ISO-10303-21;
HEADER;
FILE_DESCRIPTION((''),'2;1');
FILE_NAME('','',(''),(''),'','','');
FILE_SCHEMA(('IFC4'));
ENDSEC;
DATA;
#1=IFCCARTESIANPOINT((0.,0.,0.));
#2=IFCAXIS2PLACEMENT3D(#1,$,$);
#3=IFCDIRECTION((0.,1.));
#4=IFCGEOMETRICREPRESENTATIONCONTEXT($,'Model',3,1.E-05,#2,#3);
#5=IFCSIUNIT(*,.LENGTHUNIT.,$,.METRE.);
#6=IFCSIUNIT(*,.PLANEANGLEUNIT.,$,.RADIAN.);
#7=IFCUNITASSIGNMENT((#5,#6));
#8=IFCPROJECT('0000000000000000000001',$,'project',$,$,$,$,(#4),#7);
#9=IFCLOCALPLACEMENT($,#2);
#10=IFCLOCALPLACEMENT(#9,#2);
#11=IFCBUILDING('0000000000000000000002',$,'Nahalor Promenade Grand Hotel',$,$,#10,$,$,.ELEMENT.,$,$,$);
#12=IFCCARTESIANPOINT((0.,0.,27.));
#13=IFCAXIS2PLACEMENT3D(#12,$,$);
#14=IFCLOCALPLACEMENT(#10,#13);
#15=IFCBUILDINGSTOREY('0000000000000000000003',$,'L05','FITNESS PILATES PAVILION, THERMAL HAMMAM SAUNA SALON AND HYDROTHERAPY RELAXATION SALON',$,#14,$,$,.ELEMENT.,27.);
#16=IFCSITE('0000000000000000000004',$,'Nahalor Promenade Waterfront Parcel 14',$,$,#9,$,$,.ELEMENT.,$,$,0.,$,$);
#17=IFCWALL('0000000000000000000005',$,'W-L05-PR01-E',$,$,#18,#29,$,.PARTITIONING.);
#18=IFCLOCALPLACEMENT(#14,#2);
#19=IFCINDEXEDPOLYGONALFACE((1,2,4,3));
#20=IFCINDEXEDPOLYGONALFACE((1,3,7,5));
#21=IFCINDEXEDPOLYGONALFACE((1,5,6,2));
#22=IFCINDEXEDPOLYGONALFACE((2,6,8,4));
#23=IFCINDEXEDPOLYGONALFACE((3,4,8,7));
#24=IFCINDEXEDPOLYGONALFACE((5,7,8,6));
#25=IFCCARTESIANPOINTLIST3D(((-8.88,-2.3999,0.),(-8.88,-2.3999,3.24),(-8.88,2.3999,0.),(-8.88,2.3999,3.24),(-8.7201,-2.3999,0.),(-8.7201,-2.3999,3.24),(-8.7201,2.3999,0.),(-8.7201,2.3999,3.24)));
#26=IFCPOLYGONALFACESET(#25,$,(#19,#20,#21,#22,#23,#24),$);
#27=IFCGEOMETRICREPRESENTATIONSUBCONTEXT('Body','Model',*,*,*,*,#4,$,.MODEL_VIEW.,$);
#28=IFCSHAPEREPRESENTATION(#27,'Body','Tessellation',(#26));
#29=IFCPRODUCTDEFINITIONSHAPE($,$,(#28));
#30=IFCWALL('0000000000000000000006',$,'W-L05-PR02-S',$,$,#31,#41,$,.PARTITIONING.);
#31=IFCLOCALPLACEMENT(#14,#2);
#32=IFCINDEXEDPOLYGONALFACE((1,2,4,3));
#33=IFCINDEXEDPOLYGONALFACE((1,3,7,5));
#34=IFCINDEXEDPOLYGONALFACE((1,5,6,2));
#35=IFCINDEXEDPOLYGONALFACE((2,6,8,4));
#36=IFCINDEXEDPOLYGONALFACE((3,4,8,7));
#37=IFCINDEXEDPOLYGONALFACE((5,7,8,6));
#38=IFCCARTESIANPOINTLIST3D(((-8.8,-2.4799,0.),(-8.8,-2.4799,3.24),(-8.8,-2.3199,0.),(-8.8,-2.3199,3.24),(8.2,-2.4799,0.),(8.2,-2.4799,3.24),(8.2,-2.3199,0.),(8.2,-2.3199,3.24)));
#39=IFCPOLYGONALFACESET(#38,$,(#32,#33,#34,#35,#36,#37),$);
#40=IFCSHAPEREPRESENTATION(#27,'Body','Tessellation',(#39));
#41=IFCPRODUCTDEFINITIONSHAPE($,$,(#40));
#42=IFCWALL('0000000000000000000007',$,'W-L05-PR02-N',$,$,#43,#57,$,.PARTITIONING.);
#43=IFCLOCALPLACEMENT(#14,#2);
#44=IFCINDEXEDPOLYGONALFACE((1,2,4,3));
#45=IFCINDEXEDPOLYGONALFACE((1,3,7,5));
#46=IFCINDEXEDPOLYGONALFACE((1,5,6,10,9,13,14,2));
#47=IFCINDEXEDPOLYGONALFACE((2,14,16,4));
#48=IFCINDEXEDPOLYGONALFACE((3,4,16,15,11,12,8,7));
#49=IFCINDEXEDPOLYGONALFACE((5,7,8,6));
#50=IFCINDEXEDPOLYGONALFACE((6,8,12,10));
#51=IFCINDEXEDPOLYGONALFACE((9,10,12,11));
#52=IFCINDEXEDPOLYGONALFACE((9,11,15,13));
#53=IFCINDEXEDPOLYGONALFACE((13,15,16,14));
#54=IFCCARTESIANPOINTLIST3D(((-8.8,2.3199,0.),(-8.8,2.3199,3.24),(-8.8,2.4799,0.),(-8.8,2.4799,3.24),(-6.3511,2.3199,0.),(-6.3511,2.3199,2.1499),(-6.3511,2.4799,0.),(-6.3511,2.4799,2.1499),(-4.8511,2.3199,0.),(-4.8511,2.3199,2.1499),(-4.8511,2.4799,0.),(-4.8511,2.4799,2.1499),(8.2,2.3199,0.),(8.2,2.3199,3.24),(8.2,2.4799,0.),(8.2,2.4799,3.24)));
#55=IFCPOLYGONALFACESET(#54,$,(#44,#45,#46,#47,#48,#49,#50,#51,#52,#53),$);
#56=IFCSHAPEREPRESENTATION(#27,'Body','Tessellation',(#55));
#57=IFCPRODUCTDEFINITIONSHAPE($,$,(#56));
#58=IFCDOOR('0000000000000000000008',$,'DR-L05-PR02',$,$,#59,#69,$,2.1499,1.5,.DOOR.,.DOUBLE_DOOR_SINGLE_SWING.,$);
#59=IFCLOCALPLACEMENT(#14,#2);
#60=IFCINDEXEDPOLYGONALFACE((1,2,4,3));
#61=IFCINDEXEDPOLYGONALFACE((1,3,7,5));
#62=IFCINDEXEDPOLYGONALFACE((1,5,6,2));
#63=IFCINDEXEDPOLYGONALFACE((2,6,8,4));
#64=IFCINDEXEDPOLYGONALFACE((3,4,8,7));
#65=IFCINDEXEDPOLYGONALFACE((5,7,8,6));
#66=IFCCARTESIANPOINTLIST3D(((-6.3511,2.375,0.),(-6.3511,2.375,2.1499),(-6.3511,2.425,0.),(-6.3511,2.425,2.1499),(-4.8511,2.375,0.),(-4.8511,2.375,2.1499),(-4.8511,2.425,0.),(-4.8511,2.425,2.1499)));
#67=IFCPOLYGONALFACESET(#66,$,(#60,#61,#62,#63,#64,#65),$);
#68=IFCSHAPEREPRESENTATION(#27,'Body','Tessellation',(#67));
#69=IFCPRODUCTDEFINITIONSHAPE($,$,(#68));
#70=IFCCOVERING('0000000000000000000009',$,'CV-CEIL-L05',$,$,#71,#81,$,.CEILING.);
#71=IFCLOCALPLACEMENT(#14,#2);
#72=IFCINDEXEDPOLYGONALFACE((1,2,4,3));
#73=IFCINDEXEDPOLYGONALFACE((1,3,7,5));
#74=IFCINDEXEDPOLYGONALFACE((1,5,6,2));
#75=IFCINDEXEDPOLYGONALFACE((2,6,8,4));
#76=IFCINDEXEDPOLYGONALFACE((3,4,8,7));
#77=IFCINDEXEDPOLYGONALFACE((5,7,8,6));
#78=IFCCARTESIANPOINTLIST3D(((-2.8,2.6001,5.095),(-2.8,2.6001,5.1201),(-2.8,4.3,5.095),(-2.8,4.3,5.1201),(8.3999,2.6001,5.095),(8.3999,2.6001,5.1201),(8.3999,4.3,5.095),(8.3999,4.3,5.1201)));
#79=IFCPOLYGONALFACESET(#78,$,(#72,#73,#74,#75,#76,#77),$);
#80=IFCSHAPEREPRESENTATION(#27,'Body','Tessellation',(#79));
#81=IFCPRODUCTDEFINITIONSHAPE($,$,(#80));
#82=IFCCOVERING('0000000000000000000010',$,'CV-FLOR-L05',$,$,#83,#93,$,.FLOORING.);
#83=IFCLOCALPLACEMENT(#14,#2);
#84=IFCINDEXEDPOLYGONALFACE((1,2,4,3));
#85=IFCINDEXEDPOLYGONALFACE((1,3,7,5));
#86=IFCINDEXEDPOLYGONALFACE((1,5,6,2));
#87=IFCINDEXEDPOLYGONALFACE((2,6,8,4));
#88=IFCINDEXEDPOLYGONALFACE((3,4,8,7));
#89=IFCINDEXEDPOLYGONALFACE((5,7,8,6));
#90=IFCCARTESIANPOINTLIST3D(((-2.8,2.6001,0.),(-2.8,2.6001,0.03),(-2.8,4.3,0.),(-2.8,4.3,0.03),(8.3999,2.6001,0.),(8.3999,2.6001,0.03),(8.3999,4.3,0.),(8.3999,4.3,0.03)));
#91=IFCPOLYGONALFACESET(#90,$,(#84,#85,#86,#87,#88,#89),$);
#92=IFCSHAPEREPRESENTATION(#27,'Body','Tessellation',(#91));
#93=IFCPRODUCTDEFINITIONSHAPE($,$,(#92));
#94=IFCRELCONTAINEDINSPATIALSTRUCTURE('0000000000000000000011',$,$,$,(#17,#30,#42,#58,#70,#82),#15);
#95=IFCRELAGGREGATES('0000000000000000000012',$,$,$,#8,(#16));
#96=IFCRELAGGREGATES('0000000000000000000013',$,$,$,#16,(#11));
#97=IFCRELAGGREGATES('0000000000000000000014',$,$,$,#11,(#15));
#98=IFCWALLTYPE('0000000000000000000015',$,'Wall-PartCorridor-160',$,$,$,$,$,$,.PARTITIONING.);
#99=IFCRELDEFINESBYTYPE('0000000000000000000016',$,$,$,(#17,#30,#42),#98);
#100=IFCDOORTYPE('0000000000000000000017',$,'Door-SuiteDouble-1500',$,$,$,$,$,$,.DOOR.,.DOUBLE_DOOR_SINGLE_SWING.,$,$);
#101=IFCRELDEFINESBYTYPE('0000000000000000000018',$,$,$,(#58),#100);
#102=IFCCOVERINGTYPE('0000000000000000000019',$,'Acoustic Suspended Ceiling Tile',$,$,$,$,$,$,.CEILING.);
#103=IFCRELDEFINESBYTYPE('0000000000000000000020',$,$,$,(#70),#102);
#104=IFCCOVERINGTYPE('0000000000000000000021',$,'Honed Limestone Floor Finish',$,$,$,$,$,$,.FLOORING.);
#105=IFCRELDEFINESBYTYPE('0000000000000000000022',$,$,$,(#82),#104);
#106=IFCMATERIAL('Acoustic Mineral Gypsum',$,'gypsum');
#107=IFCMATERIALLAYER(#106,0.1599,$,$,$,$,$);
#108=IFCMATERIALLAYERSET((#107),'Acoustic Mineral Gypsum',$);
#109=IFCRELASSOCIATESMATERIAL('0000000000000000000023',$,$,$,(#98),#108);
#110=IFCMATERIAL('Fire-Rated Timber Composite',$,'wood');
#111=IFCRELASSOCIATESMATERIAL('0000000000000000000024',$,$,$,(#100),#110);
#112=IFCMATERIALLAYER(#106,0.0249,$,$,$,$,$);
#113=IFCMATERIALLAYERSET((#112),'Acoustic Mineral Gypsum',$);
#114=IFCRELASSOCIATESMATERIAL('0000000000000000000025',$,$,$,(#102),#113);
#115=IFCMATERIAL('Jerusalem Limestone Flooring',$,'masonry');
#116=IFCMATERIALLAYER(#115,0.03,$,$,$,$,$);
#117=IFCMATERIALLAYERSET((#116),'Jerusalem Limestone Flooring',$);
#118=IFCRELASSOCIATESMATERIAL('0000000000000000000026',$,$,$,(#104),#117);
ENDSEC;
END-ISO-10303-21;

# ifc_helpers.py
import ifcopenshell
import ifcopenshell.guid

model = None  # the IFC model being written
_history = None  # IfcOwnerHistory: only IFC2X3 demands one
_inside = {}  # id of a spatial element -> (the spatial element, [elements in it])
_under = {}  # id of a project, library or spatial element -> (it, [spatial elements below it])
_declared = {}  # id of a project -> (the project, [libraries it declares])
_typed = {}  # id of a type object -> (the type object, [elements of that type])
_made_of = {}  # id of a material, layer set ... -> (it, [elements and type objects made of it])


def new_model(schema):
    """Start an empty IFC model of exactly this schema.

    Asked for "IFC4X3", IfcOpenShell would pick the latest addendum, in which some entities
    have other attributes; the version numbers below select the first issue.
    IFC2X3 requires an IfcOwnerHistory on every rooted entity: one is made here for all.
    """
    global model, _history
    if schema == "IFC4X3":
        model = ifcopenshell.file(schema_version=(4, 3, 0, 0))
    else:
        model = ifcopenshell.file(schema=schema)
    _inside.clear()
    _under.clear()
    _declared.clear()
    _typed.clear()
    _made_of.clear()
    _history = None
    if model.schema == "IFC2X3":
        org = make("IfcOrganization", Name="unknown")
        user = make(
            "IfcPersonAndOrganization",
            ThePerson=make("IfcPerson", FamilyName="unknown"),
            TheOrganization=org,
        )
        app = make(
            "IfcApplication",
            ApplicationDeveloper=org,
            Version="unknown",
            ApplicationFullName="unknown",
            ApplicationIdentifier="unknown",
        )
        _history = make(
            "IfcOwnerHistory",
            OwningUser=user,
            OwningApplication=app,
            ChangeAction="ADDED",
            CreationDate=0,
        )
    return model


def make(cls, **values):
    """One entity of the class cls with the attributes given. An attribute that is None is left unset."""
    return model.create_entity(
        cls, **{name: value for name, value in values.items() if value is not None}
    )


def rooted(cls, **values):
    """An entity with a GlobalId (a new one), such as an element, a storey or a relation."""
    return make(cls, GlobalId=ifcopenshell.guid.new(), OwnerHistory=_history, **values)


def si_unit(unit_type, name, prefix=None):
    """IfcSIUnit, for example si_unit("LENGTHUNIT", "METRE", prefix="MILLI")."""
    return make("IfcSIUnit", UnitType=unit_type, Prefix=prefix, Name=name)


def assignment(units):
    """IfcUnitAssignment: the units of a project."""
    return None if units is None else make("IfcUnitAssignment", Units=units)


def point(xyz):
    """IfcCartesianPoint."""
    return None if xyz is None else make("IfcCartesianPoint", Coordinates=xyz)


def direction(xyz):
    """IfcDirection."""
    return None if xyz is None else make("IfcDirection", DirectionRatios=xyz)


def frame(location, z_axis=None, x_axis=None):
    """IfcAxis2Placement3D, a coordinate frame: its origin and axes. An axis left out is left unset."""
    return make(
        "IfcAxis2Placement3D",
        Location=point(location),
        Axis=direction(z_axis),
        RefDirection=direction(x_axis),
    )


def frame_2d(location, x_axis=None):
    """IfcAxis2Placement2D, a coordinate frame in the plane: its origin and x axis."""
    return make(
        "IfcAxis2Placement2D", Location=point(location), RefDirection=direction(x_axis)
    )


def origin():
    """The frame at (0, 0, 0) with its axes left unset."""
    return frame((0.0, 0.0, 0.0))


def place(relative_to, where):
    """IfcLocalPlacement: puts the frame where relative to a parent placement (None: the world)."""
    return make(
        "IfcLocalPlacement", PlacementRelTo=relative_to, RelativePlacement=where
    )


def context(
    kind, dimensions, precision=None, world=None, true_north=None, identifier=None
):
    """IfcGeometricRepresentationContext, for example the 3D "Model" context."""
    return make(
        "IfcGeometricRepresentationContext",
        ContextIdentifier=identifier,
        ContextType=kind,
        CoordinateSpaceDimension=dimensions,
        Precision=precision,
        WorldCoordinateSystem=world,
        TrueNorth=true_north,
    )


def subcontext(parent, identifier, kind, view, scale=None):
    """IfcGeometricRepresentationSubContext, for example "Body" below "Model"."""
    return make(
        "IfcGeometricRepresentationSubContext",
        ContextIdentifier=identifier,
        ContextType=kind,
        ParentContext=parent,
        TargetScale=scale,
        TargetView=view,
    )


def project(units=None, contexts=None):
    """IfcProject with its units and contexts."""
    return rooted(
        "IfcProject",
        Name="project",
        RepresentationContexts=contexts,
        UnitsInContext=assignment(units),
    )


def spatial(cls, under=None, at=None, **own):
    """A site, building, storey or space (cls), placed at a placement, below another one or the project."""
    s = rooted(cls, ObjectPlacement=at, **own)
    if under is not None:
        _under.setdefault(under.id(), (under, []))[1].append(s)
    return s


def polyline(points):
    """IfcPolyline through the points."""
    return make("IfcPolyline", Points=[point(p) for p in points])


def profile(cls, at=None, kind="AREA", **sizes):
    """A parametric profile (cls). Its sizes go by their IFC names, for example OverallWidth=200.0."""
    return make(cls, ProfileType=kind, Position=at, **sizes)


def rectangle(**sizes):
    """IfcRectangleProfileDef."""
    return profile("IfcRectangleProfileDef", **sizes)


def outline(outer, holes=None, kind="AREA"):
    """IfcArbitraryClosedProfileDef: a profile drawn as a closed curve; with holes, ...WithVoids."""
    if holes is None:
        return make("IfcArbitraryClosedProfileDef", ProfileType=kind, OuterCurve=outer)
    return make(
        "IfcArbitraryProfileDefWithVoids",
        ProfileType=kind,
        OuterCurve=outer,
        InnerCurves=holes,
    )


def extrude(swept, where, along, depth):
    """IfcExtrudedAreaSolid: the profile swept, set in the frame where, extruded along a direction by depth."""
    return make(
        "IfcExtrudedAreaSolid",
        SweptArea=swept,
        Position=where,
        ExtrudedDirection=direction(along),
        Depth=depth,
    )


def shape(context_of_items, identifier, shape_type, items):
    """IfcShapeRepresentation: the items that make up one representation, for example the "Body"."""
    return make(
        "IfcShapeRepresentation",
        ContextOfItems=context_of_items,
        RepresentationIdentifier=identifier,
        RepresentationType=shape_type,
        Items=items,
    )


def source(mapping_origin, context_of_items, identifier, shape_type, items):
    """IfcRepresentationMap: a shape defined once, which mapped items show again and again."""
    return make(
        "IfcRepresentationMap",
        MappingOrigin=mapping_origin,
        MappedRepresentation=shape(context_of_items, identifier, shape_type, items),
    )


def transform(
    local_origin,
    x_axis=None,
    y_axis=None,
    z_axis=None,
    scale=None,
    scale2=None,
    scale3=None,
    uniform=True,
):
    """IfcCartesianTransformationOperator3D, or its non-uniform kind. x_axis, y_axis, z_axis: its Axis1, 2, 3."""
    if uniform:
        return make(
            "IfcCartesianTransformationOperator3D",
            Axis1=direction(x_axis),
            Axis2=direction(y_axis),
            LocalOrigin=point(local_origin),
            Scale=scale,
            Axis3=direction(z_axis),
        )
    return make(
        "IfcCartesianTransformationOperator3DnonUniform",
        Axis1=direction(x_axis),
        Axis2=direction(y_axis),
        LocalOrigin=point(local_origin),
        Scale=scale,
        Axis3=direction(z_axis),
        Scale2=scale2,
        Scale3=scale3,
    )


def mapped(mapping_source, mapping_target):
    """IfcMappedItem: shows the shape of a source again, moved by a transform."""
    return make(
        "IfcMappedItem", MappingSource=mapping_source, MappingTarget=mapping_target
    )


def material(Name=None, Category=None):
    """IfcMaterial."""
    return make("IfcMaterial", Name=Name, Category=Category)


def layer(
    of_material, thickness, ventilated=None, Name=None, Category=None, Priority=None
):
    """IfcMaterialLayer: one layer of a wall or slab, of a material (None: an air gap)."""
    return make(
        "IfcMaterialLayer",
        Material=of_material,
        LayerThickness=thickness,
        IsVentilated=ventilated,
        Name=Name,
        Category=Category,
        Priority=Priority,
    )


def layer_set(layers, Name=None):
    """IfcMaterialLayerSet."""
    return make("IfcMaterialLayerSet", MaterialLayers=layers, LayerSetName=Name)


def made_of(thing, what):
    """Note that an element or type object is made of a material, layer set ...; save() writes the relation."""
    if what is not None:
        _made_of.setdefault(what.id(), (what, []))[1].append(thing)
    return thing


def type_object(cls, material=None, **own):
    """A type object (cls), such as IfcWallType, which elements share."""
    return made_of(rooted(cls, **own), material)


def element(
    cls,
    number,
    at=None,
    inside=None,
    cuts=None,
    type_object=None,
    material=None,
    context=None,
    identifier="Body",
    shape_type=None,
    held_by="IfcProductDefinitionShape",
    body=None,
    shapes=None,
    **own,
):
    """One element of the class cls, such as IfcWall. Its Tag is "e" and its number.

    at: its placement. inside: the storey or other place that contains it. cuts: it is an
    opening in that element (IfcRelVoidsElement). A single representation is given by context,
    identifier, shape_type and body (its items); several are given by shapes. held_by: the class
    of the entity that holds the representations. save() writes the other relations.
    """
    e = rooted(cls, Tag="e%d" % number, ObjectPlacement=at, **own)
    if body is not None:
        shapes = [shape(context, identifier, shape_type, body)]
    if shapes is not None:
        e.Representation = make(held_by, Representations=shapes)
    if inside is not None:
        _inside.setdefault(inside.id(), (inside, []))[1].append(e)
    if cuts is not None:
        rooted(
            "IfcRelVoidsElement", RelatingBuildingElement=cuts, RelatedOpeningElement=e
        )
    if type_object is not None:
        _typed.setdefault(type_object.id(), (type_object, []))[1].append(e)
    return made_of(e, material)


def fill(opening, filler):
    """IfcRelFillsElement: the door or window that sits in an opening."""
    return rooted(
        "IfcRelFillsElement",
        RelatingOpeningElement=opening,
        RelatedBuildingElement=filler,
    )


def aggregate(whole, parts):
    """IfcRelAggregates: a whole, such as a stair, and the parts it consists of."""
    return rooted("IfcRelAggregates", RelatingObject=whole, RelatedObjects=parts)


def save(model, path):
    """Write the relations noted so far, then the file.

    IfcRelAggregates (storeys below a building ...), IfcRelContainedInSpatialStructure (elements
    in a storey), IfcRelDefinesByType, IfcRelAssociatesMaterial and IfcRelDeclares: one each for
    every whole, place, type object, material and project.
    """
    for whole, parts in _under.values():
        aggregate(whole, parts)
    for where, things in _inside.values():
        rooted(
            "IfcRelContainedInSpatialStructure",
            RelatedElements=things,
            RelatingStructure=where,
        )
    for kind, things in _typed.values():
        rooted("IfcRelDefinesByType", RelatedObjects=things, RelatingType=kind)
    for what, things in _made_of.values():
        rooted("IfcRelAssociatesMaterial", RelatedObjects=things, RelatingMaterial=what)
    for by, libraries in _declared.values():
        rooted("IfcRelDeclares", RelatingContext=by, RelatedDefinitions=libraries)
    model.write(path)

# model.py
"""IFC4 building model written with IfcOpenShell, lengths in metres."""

from ifc_helpers import new_model, si_unit, direction, frame, frame_2d, origin, place, context, subcontext, project, spatial, polyline, rectangle, outline, extrude, source, transform, mapped, material, layer, layer_set, type_object, element, fill, save


model = new_model("IFC4")

# Units and contexts
model_context = context("Model", 3, precision=1e-05, world=origin(), true_north=direction((0.0, 1.0)))
body_context = subcontext(model_context, "Body", "Model", "MODEL_VIEW")
ifc_project = project(units=[si_unit("LENGTHUNIT", "METRE"), si_unit("PLANEANGLEUNIT", "RADIAN")], contexts=[model_context])

# Site, building, storey
site_placement = place(None, origin())
site = spatial("IfcSite", under=ifc_project, at=site_placement, Name="Nahalor Promenade Waterfront Parcel 14", CompositionType="ELEMENT", RefElevation=0.0)
building_placement = place(site_placement, origin())
building = spatial("IfcBuilding", under=site, at=building_placement, Name="Nahalor Promenade Grand Hotel", CompositionType="ELEMENT")
storey_placement = place(building_placement, frame((0.0, 0.0, 27.0)))
storey = spatial("IfcBuildingStorey", under=building, at=storey_placement, Name="L05", Description="FITNESS PILATES PAVILION, THERMAL HAMMAM SAUNA SALON AND HYDROTHERAPY RELAXATION SALON", CompositionType="ELEMENT", Elevation=27.0)

# Walls
ifc_material_1 = material(Name="Acoustic Mineral Gypsum", Category="gypsum")
ifc_layer_1 = layer(ifc_material_1, 0.1599)
ifc_layer_set_1 = layer_set([ifc_layer_1], Name="Acoustic Mineral Gypsum")
wall_type = type_object("IfcWallType", Name="Wall-PartCorridor-160", PredefinedType="PARTITIONING", material=ifc_layer_set_1)
shared_shape_1 = source(origin(), body_context, "Body", "SweptSolid", [
    extrude(rectangle(XDim=4.7998, YDim=0.1599, at=frame_2d((2.3999, 0.0))), origin(), (0.0, 0.0, 1.0), 3.24),
])
wall_1_placement = place(storey_placement, frame((-8.8, -2.3999, 0.0), z_axis=(0.0, 0.0, 1.0), x_axis=(0.0, 1.0, 0.0)))
element("IfcWall", 1, at=wall_1_placement, inside=storey, type_object=wall_type, Name="W-L05-PR01-E", PredefinedType="PARTITIONING", context=body_context, shape_type="MappedRepresentation", body=[
    mapped(shared_shape_1, transform((0.0, 0.0, 0.0), scale=1.0)),
])
shared_shape_2 = source(origin(), body_context, "Body", "SweptSolid", [
    extrude(rectangle(XDim=17.0, YDim=0.1599, at=frame_2d((8.5, 0.0))), origin(), (0.0, 0.0, 1.0), 3.24),
])
wall_2_placement = place(storey_placement, frame((-8.8, -2.3999, 0.0), z_axis=(0.0, 0.0, 1.0), x_axis=(1.0, 0.0, 0.0)))
element("IfcWall", 2, at=wall_2_placement, inside=storey, type_object=wall_type, Name="W-L05-PR02-S", PredefinedType="PARTITIONING", context=body_context, shape_type="MappedRepresentation", body=[
    mapped(shared_shape_2, transform((0.0, 0.0, 0.0), scale=1.0)),
])

# Wall, opening, door
wall_3_placement = place(storey_placement, frame((-8.8, 2.3999, 0.0), z_axis=(0.0, 0.0, 1.0), x_axis=(1.0, 0.0, 0.0)))
wall_3 = element("IfcWall", 3, at=wall_3_placement, inside=storey, type_object=wall_type, Name="W-L05-PR02-N", PredefinedType="PARTITIONING", context=body_context, shape_type="MappedRepresentation", body=[
    mapped(shared_shape_2, transform((0.0, 0.0, 0.0), scale=1.0)),
])
opening_1_placement = place(wall_3_placement, frame((2.449, 0.0, 0.0)))
opening_1 = element("IfcOpeningElement", 4, at=opening_1_placement, cuts=wall_3, PredefinedType="OPENING", context=body_context, shape_type="SweptSolid", body=[
    extrude(rectangle(XDim=1.5, YDim=2.1499, at=frame_2d((0.75, 1.075))), frame((0.0, 0.0898, 0.0), z_axis=(0.0, -1.0, 0.0), x_axis=(1.0, 0.0, 0.0)), (0.0, 0.0, 1.0), 0.1799),
])
ifc_material_2 = material(Name="Fire-Rated Timber Composite", Category="wood")
door_type = type_object("IfcDoorType", Name="Door-SuiteDouble-1500", OperationType="DOUBLE_DOOR_SINGLE_SWING", PredefinedType="DOOR", material=ifc_material_2)
shared_shape_3 = source(origin(), body_context, "Body", "SweptSolid", [
    extrude(rectangle(XDim=1.5, YDim=2.1499, at=frame_2d((0.75, 1.075))), frame((0.0, 0.0249, 0.0), z_axis=(0.0, -1.0, 0.0), x_axis=(1.0, 0.0, 0.0)), (0.0, 0.0, 1.0), 0.05),
])
door_1_placement = place(opening_1_placement, frame((1.5, 0.0, 0.0), z_axis=(0.0, 0.0, 1.0), x_axis=(-1.0, 0.0, 0.0)))
door_1 = element("IfcDoor", 5, at=door_1_placement, inside=storey, type_object=door_type, Name="DR-L05-PR02", OperationType="DOUBLE_DOOR_SINGLE_SWING", OverallHeight=2.1499, OverallWidth=1.5, PredefinedType="DOOR", context=body_context, shape_type="MappedRepresentation", body=[
    mapped(shared_shape_3, transform((0.0, 0.0, 0.0), scale=1.0)),
])
fill(opening_1, door_1)

# Coverings
ifc_layer_2 = layer(ifc_material_1, 0.0249)
ifc_layer_set_2 = layer_set([ifc_layer_2], Name="Acoustic Mineral Gypsum")
covering_type_1 = type_object("IfcCoveringType", Name="Acoustic Suspended Ceiling Tile", PredefinedType="CEILING", material=ifc_layer_set_2)
covering_1_placement = place(storey_placement, frame((0.0, 0.0, 5.095)))
element("IfcCovering", 6, at=covering_1_placement, inside=storey, type_object=covering_type_1, Name="CV-CEIL-L05", PredefinedType="CEILING", context=body_context, shape_type="SweptSolid", body=[
    extrude(outline(polyline([(-2.8, 2.6001), (8.3999, 2.6001), (8.3999, 4.3), (-2.8, 4.3), (-2.8, 2.6001)])), origin(), (0.0, 0.0, 1.0), 0.0251),
])
ifc_material_3 = material(Name="Jerusalem Limestone Flooring", Category="masonry")
ifc_layer_3 = layer(ifc_material_3, 0.03)
ifc_layer_set_3 = layer_set([ifc_layer_3], Name="Jerusalem Limestone Flooring")
covering_type_2 = type_object("IfcCoveringType", Name="Honed Limestone Floor Finish", PredefinedType="FLOORING", material=ifc_layer_set_3)
covering_2_placement = place(storey_placement, origin())
element("IfcCovering", 7, at=covering_2_placement, inside=storey, type_object=covering_type_2, Name="CV-FLOR-L05", PredefinedType="FLOORING", context=body_context, shape_type="SweptSolid", body=[
    extrude(outline(polyline([(-2.8, 2.6001), (8.3999, 2.6001), (8.3999, 4.3), (-2.8, 4.3), (-2.8, 2.6001)])), origin(), (0.0, 0.0, 1.0), 0.03),
])

save(model, "model.ifc")
